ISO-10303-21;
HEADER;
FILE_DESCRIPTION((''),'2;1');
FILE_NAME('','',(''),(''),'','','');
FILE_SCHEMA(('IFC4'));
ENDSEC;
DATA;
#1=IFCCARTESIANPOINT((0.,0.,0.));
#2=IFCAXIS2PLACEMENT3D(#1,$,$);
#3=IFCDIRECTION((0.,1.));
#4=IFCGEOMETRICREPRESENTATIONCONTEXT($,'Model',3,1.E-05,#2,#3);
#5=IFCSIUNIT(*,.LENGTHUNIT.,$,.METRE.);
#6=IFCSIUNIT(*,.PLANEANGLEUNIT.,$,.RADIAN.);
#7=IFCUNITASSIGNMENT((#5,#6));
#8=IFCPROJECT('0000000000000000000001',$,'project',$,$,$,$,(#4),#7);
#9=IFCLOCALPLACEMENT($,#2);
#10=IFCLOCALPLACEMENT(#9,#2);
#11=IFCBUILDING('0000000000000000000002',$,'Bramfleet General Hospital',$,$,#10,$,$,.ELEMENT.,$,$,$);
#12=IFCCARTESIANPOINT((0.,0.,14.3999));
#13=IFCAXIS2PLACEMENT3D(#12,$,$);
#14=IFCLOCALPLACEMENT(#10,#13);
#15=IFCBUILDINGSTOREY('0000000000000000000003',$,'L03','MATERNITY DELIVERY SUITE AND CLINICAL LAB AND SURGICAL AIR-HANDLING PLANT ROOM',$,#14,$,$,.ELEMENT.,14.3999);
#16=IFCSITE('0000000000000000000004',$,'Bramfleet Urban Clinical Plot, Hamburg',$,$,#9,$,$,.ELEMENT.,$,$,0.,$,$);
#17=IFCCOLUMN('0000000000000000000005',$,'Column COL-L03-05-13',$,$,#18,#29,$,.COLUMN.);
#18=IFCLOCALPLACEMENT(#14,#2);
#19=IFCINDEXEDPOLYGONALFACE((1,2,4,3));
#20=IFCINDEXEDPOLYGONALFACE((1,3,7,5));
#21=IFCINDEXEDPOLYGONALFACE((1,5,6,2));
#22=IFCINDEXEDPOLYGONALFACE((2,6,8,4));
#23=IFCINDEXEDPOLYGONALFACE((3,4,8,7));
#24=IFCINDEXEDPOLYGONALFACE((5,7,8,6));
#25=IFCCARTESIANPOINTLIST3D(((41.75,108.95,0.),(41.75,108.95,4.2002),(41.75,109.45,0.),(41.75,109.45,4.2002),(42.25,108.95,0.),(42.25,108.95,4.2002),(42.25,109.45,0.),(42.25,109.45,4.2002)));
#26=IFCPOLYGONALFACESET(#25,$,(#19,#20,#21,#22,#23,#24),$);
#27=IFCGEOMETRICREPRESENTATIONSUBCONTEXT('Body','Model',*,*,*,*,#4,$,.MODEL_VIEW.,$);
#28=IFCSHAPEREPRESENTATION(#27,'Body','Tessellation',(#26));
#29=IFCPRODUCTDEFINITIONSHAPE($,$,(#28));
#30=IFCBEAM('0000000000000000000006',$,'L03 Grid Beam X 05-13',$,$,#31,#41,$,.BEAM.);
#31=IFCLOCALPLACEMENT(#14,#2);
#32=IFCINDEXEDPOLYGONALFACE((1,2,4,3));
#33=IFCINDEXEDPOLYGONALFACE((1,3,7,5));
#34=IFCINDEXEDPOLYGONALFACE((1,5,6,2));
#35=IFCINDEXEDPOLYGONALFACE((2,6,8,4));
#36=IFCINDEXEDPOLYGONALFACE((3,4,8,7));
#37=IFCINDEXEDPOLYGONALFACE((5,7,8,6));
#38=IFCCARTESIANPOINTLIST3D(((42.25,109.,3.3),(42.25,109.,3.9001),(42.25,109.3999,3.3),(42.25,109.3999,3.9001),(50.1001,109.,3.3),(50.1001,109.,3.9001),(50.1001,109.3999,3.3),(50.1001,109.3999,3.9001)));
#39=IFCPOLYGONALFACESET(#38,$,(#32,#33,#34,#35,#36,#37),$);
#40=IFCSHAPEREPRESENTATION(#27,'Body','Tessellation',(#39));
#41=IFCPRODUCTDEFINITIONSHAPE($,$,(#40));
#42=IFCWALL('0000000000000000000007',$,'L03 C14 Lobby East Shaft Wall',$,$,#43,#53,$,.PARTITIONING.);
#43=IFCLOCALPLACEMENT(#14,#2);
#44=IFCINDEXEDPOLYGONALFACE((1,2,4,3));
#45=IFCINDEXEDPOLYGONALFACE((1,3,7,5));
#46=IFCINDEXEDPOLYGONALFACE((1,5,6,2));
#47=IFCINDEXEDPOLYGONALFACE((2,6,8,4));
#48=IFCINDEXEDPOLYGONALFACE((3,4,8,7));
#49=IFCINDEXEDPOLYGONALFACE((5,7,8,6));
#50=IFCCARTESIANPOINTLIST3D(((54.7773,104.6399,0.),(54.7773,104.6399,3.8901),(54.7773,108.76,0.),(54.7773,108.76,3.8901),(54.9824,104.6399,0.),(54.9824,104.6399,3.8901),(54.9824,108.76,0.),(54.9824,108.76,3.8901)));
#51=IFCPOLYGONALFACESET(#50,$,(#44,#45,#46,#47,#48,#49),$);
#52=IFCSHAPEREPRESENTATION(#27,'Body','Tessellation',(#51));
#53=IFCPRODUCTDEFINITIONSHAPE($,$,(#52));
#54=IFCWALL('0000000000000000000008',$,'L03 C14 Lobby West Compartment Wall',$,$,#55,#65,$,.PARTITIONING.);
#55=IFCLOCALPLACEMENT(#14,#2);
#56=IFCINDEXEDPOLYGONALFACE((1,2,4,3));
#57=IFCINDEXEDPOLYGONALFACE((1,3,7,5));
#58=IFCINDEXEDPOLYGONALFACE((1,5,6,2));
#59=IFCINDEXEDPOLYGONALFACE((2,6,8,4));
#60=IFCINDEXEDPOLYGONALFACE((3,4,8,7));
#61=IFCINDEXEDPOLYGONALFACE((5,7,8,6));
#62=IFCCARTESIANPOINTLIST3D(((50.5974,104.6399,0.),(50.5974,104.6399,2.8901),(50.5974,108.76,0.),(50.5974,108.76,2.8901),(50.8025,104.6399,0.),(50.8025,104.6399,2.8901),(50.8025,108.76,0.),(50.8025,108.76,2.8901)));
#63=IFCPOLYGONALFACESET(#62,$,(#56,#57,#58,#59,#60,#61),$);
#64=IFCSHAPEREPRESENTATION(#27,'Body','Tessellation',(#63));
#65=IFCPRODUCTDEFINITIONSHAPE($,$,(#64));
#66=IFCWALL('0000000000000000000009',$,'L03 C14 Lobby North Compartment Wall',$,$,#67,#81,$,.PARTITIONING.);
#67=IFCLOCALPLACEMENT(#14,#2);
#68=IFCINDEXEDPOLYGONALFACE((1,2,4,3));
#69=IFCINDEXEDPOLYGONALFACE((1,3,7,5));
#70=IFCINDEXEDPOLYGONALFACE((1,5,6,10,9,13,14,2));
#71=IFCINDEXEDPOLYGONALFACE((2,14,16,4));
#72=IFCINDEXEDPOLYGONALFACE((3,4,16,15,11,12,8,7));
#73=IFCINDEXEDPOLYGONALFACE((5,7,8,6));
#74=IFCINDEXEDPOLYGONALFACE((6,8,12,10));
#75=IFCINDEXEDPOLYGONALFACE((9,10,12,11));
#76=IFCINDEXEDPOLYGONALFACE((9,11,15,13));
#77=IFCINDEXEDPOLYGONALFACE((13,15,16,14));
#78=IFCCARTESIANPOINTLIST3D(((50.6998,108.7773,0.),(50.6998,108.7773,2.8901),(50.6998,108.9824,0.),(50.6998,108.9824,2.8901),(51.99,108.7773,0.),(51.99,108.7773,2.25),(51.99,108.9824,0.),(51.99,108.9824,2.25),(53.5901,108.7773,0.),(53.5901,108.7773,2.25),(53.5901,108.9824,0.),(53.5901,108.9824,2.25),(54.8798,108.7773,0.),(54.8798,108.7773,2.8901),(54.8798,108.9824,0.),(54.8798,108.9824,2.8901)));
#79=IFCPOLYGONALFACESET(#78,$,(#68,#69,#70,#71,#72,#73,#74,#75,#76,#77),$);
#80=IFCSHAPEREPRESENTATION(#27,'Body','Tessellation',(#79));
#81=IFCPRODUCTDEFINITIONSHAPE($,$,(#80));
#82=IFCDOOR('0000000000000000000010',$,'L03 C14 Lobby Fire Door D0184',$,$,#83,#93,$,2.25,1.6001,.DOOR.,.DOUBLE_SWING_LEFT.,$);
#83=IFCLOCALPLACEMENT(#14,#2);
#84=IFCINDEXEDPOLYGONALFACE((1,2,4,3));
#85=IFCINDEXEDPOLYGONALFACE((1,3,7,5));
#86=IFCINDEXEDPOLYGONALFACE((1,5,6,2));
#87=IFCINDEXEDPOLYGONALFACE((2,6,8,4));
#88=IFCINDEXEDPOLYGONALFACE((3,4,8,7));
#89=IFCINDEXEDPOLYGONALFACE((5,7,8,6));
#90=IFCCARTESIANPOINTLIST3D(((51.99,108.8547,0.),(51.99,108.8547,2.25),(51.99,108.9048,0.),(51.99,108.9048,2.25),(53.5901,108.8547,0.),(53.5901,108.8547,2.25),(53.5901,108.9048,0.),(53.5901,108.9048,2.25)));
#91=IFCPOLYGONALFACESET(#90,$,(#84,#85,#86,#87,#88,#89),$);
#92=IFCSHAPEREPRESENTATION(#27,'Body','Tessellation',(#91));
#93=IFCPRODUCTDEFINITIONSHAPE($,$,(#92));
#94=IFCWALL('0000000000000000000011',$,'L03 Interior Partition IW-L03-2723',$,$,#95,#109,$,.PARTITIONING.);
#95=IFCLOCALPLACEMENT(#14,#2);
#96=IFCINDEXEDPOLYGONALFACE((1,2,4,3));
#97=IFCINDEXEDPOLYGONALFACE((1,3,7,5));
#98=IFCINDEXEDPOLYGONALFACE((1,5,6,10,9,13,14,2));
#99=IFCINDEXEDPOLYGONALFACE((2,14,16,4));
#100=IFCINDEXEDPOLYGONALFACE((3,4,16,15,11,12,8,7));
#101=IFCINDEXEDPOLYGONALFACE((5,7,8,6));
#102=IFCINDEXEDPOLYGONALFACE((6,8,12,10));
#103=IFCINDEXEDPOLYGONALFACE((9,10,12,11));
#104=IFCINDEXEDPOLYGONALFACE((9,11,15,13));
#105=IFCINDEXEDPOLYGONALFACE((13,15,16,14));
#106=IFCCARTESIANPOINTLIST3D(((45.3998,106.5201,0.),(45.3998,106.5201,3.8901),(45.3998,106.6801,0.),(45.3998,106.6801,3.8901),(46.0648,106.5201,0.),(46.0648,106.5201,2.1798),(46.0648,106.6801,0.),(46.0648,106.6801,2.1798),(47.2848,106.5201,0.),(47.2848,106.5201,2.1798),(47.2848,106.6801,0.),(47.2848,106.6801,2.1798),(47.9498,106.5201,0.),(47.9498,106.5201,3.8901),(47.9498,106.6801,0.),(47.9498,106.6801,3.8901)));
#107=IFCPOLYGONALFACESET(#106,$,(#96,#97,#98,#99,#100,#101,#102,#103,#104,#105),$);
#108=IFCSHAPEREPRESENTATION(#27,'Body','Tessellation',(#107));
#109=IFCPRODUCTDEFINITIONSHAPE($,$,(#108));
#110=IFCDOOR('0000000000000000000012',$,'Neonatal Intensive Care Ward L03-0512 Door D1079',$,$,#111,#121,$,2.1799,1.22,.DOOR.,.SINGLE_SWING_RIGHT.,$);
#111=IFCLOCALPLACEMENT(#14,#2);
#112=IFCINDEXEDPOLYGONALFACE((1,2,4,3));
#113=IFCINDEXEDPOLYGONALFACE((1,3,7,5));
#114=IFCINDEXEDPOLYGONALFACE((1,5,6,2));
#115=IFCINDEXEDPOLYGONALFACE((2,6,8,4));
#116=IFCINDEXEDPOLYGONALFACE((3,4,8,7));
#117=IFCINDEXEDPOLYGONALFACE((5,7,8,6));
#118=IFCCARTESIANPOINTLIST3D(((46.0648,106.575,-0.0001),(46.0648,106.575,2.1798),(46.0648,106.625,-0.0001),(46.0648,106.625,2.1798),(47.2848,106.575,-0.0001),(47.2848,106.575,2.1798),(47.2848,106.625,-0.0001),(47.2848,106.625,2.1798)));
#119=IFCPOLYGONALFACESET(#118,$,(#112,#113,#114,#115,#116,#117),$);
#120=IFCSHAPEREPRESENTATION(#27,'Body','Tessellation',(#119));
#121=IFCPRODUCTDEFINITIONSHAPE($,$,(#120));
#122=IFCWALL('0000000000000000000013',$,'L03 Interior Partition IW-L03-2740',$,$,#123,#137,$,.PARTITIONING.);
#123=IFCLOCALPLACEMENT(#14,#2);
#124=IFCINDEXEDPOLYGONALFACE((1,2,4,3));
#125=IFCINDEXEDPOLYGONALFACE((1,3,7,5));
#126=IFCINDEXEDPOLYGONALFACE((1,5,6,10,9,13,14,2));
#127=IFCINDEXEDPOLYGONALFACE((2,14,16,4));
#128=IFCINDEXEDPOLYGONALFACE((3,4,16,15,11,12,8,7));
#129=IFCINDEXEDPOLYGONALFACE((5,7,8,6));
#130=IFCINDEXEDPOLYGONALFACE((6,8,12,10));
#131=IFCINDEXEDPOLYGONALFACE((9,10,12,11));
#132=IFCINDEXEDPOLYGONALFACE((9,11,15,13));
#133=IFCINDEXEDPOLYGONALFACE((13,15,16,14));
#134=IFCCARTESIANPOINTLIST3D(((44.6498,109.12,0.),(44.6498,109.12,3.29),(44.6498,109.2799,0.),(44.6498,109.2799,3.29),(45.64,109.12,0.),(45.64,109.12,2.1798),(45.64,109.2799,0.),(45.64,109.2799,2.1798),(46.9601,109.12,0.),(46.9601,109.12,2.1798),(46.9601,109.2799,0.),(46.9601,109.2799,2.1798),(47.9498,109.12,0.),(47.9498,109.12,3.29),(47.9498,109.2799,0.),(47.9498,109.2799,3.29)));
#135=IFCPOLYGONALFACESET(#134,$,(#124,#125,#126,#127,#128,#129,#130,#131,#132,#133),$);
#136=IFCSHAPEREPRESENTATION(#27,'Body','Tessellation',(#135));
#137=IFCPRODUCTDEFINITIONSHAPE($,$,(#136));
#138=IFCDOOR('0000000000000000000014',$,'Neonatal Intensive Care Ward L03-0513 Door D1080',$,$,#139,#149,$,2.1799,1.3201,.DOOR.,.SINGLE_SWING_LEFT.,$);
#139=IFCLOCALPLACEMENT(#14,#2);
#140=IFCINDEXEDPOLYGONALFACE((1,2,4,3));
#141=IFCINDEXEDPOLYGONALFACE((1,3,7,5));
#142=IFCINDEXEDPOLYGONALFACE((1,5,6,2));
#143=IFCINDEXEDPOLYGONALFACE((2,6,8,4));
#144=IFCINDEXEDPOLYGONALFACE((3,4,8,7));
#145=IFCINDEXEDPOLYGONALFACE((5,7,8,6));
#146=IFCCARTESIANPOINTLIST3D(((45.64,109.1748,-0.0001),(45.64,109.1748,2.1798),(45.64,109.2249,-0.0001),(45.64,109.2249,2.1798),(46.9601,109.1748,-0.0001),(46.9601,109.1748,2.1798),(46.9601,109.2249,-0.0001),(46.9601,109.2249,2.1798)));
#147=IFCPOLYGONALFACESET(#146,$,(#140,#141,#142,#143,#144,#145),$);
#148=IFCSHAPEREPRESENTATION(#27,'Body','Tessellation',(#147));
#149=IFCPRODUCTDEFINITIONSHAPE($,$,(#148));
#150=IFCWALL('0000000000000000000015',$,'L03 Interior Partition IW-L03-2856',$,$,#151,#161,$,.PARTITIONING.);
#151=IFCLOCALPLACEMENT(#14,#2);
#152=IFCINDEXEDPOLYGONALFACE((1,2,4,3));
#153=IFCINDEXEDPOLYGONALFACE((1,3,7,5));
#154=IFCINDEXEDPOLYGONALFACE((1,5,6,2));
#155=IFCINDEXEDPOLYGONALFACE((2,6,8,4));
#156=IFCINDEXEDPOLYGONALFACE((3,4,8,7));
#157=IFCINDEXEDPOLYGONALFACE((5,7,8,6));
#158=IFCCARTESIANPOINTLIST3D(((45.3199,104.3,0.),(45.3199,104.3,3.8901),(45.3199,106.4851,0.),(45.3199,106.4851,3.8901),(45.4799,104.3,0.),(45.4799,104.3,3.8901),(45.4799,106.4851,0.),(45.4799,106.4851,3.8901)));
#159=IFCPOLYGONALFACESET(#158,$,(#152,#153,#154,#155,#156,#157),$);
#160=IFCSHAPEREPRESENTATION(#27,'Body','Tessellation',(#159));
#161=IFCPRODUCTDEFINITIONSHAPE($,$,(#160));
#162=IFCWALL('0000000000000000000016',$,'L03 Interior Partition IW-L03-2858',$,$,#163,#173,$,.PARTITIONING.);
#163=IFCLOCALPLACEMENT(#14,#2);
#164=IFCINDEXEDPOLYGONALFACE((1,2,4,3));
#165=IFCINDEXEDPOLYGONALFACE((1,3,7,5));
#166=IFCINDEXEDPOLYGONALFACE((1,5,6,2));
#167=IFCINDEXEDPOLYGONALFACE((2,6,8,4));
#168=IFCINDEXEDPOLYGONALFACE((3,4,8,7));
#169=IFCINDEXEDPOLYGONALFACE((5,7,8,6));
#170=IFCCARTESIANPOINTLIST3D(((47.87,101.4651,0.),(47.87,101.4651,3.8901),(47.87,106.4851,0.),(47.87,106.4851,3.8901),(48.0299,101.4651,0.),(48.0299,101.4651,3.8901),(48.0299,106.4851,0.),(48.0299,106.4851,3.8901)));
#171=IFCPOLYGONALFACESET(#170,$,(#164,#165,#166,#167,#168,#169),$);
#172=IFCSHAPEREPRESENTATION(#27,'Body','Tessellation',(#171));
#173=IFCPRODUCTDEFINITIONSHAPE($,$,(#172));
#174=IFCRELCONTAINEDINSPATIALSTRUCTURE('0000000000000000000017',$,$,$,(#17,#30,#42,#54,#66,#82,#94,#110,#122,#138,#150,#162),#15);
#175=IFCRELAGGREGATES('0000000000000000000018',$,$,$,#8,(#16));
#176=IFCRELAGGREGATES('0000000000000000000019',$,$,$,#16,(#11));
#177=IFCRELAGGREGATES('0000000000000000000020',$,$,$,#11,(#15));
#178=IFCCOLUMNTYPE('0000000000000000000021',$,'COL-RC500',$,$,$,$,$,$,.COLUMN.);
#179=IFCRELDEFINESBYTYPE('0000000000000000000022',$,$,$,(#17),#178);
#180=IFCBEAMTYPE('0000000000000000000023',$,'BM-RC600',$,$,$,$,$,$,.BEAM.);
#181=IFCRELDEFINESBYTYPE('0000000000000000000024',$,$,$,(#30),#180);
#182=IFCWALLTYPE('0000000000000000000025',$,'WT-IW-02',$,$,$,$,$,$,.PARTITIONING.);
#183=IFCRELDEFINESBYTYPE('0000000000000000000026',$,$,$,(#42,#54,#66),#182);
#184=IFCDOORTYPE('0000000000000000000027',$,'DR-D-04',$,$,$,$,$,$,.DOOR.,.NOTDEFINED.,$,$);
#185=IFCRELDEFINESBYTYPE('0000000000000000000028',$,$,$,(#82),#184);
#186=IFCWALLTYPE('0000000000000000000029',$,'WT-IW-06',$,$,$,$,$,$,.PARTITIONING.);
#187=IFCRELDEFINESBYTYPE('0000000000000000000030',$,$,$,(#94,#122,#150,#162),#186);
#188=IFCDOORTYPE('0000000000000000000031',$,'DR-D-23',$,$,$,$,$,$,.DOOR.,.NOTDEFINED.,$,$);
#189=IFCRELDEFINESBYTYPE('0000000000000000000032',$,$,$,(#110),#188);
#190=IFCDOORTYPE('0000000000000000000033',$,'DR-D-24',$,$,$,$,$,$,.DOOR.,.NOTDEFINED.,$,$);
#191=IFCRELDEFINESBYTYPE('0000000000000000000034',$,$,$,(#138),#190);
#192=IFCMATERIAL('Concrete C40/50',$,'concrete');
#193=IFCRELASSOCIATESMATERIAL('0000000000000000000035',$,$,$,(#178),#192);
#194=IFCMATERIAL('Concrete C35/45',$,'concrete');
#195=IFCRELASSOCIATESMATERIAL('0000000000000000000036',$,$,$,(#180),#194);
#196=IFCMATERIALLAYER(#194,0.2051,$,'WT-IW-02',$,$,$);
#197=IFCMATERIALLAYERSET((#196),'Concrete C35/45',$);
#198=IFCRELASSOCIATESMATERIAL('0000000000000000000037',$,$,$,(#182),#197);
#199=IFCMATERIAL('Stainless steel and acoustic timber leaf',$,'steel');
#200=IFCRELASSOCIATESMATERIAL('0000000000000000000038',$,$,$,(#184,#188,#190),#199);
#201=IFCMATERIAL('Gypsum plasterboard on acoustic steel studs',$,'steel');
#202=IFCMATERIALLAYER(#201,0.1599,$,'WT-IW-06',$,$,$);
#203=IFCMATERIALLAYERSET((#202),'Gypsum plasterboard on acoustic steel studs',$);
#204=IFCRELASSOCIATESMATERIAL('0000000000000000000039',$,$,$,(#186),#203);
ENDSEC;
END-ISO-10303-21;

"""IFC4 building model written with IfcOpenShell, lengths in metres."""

from ifc_helpers import new_model, si_unit, direction, frame, frame_2d, origin, origin_2d, place, context, subcontext, project, spatial, rectangle, extrude, material, layer, layer_set, material_profile, profile_set, type_object, element, fill, save


model = new_model("IFC4")

# Units and contexts
model_context = context("Model", 3, precision=1e-05, world=origin(), true_north=direction((0.0, 1.0)))
body_context = subcontext(model_context, "Body", "Model", "MODEL_VIEW")
ifc_project = project(units=[si_unit("LENGTHUNIT", "METRE"), si_unit("PLANEANGLEUNIT", "RADIAN")], contexts=[model_context])

# Site, building, storey
site_placement = place(None, origin())
site = spatial("IfcSite", under=ifc_project, at=site_placement, Name="Bramfleet Urban Clinical Plot, Hamburg", CompositionType="ELEMENT", RefElevation=0.0)
building_placement = place(site_placement, origin())
building = spatial("IfcBuilding", under=site, at=building_placement, Name="Bramfleet General Hospital", CompositionType="ELEMENT")
storey_placement = place(building_placement, frame((0.0, 0.0, 14.3999)))
storey = spatial("IfcBuildingStorey", under=building, at=storey_placement, Name="L03", Description="MATERNITY DELIVERY SUITE AND CLINICAL LAB AND SURGICAL AIR-HANDLING PLANT ROOM", CompositionType="ELEMENT", Elevation=14.3999)

# Column
ifc_material_1 = material(Name="Concrete C40/50", Category="concrete")
ifc_material_profile_1 = material_profile(ifc_material_1, rectangle(XDim=0.5, YDim=0.5, at=origin_2d()), Name="RC COL 500x500")
ifc_profile_set_1 = profile_set([ifc_material_profile_1], Name="Concrete C40/50")
column_type = type_object("IfcColumnType", Name="COL-RC500", PredefinedType="COLUMN", material=ifc_profile_set_1)
column_placement = place(storey_placement, frame((42.0, 109.2, 0.0), z_axis=(0.0, 0.0, 1.0), x_axis=(1.0, 0.0, 0.0)))
element("IfcColumn", 1, at=column_placement, inside=storey, type_object=column_type, Name="Column COL-L03-05-13", PredefinedType="COLUMN", context=body_context, shape_type="SweptSolid", body=[
    extrude(rectangle(XDim=0.5, YDim=0.5, at=origin_2d()), origin(), (0.0, 0.0, 1.0), 4.2002),
])

# Beam
ifc_material_2 = material(Name="Concrete C35/45", Category="concrete")
ifc_material_profile_2 = material_profile(ifc_material_2, rectangle(XDim=0.3999, YDim=0.6001, at=origin_2d()), Name="RC BM 600x400")
ifc_profile_set_2 = profile_set([ifc_material_profile_2], Name="Concrete C35/45")
beam_type = type_object("IfcBeamType", Name="BM-RC600", PredefinedType="BEAM", material=ifc_profile_set_2)
beam_placement = place(storey_placement, frame((42.25, 109.2, 3.6001), z_axis=(1.0, 0.0, 0.0), x_axis=(0.0, 1.0, 0.0)))
element("IfcBeam", 2, at=beam_placement, inside=storey, type_object=beam_type, Name="L03 Grid Beam X 05-13", PredefinedType="BEAM", context=body_context, shape_type="SweptSolid", body=[
    extrude(rectangle(XDim=0.3999, YDim=0.6001, at=origin_2d()), origin(), (0.0, 0.0, 1.0), 7.8501),
])

# Walls
ifc_layer_1 = layer(ifc_material_2, 0.2051, Name="WT-IW-02")
ifc_layer_set_1 = layer_set([ifc_layer_1], Name="Concrete C35/45")
wall_type_1 = type_object("IfcWallType", Name="WT-IW-02", PredefinedType="PARTITIONING", material=ifc_layer_set_1)
wall_1_placement = place(storey_placement, frame((54.8799, 104.6399, 0.0), z_axis=(0.0, 0.0, 1.0), x_axis=(0.0, 1.0, 0.0)))
element("IfcWall", 3, at=wall_1_placement, inside=storey, type_object=wall_type_1, Name="L03 C14 Lobby East Shaft Wall", PredefinedType="PARTITIONING", context=body_context, shape_type="SweptSolid", body=[
    extrude(rectangle(XDim=4.1201, YDim=0.2051, at=frame_2d((2.0601, 0.0))), origin(), (0.0, 0.0, 1.0), 3.8901),
])
wall_2_placement = place(storey_placement, frame((50.7, 104.6399, 0.0), z_axis=(0.0, 0.0, 1.0), x_axis=(0.0, 1.0, 0.0)))
element("IfcWall", 4, at=wall_2_placement, inside=storey, type_object=wall_type_1, Name="L03 C14 Lobby West Compartment Wall", PredefinedType="PARTITIONING", context=body_context, shape_type="SweptSolid", body=[
    extrude(rectangle(XDim=4.1201, YDim=0.2051, at=frame_2d((2.0601, 0.0))), origin(), (0.0, 0.0, 1.0), 2.8901),
])

# Walls, openings, doors
wall_3_placement = place(storey_placement, frame((50.7, 108.8799, 0.0), z_axis=(0.0, 0.0, 1.0), x_axis=(1.0, 0.0, 0.0)))
wall_3 = element("IfcWall", 5, at=wall_3_placement, inside=storey, type_object=wall_type_1, Name="L03 C14 Lobby North Compartment Wall", PredefinedType="PARTITIONING", context=body_context, shape_type="SweptSolid", body=[
    extrude(rectangle(XDim=4.1799, YDim=0.2051, at=frame_2d((2.0898, 0.0))), origin(), (0.0, 0.0, 1.0), 2.8901),
])
opening_1_placement = place(wall_3_placement, frame((1.29, 0.0, 0.0)))
opening_1 = element("IfcOpeningElement", 6, at=opening_1_placement, cuts=wall_3, PredefinedType="OPENING", context=body_context, shape_type="SweptSolid", body=[
    extrude(rectangle(XDim=1.6001, YDim=2.25, at=frame_2d((0.8, 1.125))), frame((0.0, 0.1125, 0.0), z_axis=(0.0, -1.0, 0.0), x_axis=(1.0, 0.0, 0.0)), (0.0, 0.0, 1.0), 0.2251),
])
ifc_material_3 = material(Name="Stainless steel and acoustic timber leaf", Category="steel")
door_type_1 = type_object("IfcDoorType", Name="DR-D-04", OperationType="NOTDEFINED", PredefinedType="DOOR", material=ifc_material_3)
door_1_placement = place(opening_1_placement, origin())
door_1 = element("IfcDoor", 7, at=door_1_placement, inside=storey, type_object=door_type_1, Name="L03 C14 Lobby Fire Door D0184", OperationType="DOUBLE_SWING_LEFT", OverallHeight=2.25, OverallWidth=1.6001, PredefinedType="DOOR", context=body_context, shape_type="SweptSolid", body=[
    extrude(rectangle(XDim=1.6001, YDim=2.25, at=frame_2d((0.8, 1.125))), frame((0.0, 0.0249, 0.0), z_axis=(0.0, -1.0, 0.0), x_axis=(1.0, 0.0, 0.0)), (0.0, 0.0, 1.0), 0.05),
])
fill(opening_1, door_1)
ifc_material_4 = material(Name="Gypsum plasterboard on acoustic steel studs", Category="steel")
ifc_layer_2 = layer(ifc_material_4, 0.1599, Name="WT-IW-06")
ifc_layer_set_2 = layer_set([ifc_layer_2], Name="Gypsum plasterboard on acoustic steel studs")
wall_type_2 = type_object("IfcWallType", Name="WT-IW-06", PredefinedType="PARTITIONING", material=ifc_layer_set_2)
wall_4_placement = place(storey_placement, frame((45.3999, 106.6001, 0.0), z_axis=(0.0, 0.0, 1.0), x_axis=(1.0, 0.0, 0.0)))
wall_4 = element("IfcWall", 8, at=wall_4_placement, inside=storey, type_object=wall_type_2, Name="L03 Interior Partition IW-L03-2723", PredefinedType="PARTITIONING", context=body_context, shape_type="SweptSolid", body=[
    extrude(rectangle(XDim=2.55, YDim=0.1599, at=frame_2d((1.2749, 0.0))), origin(), (0.0, 0.0, 1.0), 3.8901),
])
opening_2_placement = place(wall_4_placement, frame((0.665, 0.0, 0.0)))
opening_2 = element("IfcOpeningElement", 9, at=opening_2_placement, cuts=wall_4, PredefinedType="OPENING", context=body_context, shape_type="SweptSolid", body=[
    extrude(rectangle(XDim=1.22, YDim=2.1799, at=frame_2d((0.6099, 1.0898))), frame((0.0, 0.0898, 0.0), z_axis=(0.0, -1.0, 0.0), x_axis=(1.0, 0.0, 0.0)), (0.0, 0.0, 1.0), 0.1799),
])
door_type_2 = type_object("IfcDoorType", Name="DR-D-23", OperationType="NOTDEFINED", PredefinedType="DOOR", material=ifc_material_3)
door_2_placement = place(opening_2_placement, origin())
door_2 = element("IfcDoor", 10, at=door_2_placement, inside=storey, type_object=door_type_2, Name="Neonatal Intensive Care Ward L03-0512 Door D1079", OperationType="SINGLE_SWING_RIGHT", OverallHeight=2.1799, OverallWidth=1.22, PredefinedType="DOOR", context=body_context, shape_type="SweptSolid", body=[
    extrude(rectangle(XDim=1.22, YDim=2.1799, at=frame_2d((0.6099, 1.0898))), frame((0.0, 0.0249, 0.0), z_axis=(0.0, -1.0, 0.0), x_axis=(1.0, 0.0, 0.0)), (0.0, 0.0, 1.0), 0.05),
])
fill(opening_2, door_2)
wall_5_placement = place(storey_placement, frame((44.6499, 109.2, 0.0), z_axis=(0.0, 0.0, 1.0), x_axis=(1.0, 0.0, 0.0)))
wall_5 = element("IfcWall", 11, at=wall_5_placement, inside=storey, type_object=wall_type_2, Name="L03 Interior Partition IW-L03-2740", PredefinedType="PARTITIONING", context=body_context, shape_type="SweptSolid", body=[
    extrude(rectangle(XDim=3.3, YDim=0.1599, at=frame_2d((1.6499, 0.0))), origin(), (0.0, 0.0, 1.0), 3.29),
])
opening_3_placement = place(wall_5_placement, frame((0.99, 0.0, 0.0)))
opening_3 = element("IfcOpeningElement", 12, at=opening_3_placement, cuts=wall_5, PredefinedType="OPENING", context=body_context, shape_type="SweptSolid", body=[
    extrude(rectangle(XDim=1.3201, YDim=2.1799, at=frame_2d((0.6602, 1.0898))), frame((0.0, 0.0898, 0.0), z_axis=(0.0, -1.0, 0.0), x_axis=(1.0, 0.0, 0.0)), (0.0, 0.0, 1.0), 0.1799),
])
door_type_3 = type_object("IfcDoorType", Name="DR-D-24", OperationType="NOTDEFINED", PredefinedType="DOOR", material=ifc_material_3)
door_3_placement = place(opening_3_placement, origin())
door_3 = element("IfcDoor", 13, at=door_3_placement, inside=storey, type_object=door_type_3, Name="Neonatal Intensive Care Ward L03-0513 Door D1080", OperationType="SINGLE_SWING_LEFT", OverallHeight=2.1799, OverallWidth=1.3201, PredefinedType="DOOR", context=body_context, shape_type="SweptSolid", body=[
    extrude(rectangle(XDim=1.3201, YDim=2.1799, at=frame_2d((0.6602, 1.0898))), frame((0.0, 0.0249, 0.0), z_axis=(0.0, -1.0, 0.0), x_axis=(1.0, 0.0, 0.0)), (0.0, 0.0, 1.0), 0.05),
])
fill(opening_3, door_3)

# Walls
wall_6_placement = place(storey_placement, frame((45.3999, 104.3, 0.0), z_axis=(0.0, 0.0, 1.0), x_axis=(0.0, 1.0, 0.0)))
element("IfcWall", 14, at=wall_6_placement, inside=storey, type_object=wall_type_2, Name="L03 Interior Partition IW-L03-2856", PredefinedType="PARTITIONING", context=body_context, shape_type="SweptSolid", body=[
    extrude(rectangle(XDim=2.1851, YDim=0.1599, at=frame_2d((1.0925, 0.0))), origin(), (0.0, 0.0, 1.0), 3.8901),
])
wall_7_placement = place(storey_placement, frame((47.95, 101.4651, 0.0), z_axis=(0.0, 0.0, 1.0), x_axis=(0.0, 1.0, 0.0)))
element("IfcWall", 15, at=wall_7_placement, inside=storey, type_object=wall_type_2, Name="L03 Interior Partition IW-L03-2858", PredefinedType="PARTITIONING", context=body_context, shape_type="SweptSolid", body=[
    extrude(rectangle(XDim=5.02, YDim=0.1599, at=frame_2d((2.51, 0.0))), origin(), (0.0, 0.0, 1.0), 3.8901),
])

save(model, "model.ifc")
